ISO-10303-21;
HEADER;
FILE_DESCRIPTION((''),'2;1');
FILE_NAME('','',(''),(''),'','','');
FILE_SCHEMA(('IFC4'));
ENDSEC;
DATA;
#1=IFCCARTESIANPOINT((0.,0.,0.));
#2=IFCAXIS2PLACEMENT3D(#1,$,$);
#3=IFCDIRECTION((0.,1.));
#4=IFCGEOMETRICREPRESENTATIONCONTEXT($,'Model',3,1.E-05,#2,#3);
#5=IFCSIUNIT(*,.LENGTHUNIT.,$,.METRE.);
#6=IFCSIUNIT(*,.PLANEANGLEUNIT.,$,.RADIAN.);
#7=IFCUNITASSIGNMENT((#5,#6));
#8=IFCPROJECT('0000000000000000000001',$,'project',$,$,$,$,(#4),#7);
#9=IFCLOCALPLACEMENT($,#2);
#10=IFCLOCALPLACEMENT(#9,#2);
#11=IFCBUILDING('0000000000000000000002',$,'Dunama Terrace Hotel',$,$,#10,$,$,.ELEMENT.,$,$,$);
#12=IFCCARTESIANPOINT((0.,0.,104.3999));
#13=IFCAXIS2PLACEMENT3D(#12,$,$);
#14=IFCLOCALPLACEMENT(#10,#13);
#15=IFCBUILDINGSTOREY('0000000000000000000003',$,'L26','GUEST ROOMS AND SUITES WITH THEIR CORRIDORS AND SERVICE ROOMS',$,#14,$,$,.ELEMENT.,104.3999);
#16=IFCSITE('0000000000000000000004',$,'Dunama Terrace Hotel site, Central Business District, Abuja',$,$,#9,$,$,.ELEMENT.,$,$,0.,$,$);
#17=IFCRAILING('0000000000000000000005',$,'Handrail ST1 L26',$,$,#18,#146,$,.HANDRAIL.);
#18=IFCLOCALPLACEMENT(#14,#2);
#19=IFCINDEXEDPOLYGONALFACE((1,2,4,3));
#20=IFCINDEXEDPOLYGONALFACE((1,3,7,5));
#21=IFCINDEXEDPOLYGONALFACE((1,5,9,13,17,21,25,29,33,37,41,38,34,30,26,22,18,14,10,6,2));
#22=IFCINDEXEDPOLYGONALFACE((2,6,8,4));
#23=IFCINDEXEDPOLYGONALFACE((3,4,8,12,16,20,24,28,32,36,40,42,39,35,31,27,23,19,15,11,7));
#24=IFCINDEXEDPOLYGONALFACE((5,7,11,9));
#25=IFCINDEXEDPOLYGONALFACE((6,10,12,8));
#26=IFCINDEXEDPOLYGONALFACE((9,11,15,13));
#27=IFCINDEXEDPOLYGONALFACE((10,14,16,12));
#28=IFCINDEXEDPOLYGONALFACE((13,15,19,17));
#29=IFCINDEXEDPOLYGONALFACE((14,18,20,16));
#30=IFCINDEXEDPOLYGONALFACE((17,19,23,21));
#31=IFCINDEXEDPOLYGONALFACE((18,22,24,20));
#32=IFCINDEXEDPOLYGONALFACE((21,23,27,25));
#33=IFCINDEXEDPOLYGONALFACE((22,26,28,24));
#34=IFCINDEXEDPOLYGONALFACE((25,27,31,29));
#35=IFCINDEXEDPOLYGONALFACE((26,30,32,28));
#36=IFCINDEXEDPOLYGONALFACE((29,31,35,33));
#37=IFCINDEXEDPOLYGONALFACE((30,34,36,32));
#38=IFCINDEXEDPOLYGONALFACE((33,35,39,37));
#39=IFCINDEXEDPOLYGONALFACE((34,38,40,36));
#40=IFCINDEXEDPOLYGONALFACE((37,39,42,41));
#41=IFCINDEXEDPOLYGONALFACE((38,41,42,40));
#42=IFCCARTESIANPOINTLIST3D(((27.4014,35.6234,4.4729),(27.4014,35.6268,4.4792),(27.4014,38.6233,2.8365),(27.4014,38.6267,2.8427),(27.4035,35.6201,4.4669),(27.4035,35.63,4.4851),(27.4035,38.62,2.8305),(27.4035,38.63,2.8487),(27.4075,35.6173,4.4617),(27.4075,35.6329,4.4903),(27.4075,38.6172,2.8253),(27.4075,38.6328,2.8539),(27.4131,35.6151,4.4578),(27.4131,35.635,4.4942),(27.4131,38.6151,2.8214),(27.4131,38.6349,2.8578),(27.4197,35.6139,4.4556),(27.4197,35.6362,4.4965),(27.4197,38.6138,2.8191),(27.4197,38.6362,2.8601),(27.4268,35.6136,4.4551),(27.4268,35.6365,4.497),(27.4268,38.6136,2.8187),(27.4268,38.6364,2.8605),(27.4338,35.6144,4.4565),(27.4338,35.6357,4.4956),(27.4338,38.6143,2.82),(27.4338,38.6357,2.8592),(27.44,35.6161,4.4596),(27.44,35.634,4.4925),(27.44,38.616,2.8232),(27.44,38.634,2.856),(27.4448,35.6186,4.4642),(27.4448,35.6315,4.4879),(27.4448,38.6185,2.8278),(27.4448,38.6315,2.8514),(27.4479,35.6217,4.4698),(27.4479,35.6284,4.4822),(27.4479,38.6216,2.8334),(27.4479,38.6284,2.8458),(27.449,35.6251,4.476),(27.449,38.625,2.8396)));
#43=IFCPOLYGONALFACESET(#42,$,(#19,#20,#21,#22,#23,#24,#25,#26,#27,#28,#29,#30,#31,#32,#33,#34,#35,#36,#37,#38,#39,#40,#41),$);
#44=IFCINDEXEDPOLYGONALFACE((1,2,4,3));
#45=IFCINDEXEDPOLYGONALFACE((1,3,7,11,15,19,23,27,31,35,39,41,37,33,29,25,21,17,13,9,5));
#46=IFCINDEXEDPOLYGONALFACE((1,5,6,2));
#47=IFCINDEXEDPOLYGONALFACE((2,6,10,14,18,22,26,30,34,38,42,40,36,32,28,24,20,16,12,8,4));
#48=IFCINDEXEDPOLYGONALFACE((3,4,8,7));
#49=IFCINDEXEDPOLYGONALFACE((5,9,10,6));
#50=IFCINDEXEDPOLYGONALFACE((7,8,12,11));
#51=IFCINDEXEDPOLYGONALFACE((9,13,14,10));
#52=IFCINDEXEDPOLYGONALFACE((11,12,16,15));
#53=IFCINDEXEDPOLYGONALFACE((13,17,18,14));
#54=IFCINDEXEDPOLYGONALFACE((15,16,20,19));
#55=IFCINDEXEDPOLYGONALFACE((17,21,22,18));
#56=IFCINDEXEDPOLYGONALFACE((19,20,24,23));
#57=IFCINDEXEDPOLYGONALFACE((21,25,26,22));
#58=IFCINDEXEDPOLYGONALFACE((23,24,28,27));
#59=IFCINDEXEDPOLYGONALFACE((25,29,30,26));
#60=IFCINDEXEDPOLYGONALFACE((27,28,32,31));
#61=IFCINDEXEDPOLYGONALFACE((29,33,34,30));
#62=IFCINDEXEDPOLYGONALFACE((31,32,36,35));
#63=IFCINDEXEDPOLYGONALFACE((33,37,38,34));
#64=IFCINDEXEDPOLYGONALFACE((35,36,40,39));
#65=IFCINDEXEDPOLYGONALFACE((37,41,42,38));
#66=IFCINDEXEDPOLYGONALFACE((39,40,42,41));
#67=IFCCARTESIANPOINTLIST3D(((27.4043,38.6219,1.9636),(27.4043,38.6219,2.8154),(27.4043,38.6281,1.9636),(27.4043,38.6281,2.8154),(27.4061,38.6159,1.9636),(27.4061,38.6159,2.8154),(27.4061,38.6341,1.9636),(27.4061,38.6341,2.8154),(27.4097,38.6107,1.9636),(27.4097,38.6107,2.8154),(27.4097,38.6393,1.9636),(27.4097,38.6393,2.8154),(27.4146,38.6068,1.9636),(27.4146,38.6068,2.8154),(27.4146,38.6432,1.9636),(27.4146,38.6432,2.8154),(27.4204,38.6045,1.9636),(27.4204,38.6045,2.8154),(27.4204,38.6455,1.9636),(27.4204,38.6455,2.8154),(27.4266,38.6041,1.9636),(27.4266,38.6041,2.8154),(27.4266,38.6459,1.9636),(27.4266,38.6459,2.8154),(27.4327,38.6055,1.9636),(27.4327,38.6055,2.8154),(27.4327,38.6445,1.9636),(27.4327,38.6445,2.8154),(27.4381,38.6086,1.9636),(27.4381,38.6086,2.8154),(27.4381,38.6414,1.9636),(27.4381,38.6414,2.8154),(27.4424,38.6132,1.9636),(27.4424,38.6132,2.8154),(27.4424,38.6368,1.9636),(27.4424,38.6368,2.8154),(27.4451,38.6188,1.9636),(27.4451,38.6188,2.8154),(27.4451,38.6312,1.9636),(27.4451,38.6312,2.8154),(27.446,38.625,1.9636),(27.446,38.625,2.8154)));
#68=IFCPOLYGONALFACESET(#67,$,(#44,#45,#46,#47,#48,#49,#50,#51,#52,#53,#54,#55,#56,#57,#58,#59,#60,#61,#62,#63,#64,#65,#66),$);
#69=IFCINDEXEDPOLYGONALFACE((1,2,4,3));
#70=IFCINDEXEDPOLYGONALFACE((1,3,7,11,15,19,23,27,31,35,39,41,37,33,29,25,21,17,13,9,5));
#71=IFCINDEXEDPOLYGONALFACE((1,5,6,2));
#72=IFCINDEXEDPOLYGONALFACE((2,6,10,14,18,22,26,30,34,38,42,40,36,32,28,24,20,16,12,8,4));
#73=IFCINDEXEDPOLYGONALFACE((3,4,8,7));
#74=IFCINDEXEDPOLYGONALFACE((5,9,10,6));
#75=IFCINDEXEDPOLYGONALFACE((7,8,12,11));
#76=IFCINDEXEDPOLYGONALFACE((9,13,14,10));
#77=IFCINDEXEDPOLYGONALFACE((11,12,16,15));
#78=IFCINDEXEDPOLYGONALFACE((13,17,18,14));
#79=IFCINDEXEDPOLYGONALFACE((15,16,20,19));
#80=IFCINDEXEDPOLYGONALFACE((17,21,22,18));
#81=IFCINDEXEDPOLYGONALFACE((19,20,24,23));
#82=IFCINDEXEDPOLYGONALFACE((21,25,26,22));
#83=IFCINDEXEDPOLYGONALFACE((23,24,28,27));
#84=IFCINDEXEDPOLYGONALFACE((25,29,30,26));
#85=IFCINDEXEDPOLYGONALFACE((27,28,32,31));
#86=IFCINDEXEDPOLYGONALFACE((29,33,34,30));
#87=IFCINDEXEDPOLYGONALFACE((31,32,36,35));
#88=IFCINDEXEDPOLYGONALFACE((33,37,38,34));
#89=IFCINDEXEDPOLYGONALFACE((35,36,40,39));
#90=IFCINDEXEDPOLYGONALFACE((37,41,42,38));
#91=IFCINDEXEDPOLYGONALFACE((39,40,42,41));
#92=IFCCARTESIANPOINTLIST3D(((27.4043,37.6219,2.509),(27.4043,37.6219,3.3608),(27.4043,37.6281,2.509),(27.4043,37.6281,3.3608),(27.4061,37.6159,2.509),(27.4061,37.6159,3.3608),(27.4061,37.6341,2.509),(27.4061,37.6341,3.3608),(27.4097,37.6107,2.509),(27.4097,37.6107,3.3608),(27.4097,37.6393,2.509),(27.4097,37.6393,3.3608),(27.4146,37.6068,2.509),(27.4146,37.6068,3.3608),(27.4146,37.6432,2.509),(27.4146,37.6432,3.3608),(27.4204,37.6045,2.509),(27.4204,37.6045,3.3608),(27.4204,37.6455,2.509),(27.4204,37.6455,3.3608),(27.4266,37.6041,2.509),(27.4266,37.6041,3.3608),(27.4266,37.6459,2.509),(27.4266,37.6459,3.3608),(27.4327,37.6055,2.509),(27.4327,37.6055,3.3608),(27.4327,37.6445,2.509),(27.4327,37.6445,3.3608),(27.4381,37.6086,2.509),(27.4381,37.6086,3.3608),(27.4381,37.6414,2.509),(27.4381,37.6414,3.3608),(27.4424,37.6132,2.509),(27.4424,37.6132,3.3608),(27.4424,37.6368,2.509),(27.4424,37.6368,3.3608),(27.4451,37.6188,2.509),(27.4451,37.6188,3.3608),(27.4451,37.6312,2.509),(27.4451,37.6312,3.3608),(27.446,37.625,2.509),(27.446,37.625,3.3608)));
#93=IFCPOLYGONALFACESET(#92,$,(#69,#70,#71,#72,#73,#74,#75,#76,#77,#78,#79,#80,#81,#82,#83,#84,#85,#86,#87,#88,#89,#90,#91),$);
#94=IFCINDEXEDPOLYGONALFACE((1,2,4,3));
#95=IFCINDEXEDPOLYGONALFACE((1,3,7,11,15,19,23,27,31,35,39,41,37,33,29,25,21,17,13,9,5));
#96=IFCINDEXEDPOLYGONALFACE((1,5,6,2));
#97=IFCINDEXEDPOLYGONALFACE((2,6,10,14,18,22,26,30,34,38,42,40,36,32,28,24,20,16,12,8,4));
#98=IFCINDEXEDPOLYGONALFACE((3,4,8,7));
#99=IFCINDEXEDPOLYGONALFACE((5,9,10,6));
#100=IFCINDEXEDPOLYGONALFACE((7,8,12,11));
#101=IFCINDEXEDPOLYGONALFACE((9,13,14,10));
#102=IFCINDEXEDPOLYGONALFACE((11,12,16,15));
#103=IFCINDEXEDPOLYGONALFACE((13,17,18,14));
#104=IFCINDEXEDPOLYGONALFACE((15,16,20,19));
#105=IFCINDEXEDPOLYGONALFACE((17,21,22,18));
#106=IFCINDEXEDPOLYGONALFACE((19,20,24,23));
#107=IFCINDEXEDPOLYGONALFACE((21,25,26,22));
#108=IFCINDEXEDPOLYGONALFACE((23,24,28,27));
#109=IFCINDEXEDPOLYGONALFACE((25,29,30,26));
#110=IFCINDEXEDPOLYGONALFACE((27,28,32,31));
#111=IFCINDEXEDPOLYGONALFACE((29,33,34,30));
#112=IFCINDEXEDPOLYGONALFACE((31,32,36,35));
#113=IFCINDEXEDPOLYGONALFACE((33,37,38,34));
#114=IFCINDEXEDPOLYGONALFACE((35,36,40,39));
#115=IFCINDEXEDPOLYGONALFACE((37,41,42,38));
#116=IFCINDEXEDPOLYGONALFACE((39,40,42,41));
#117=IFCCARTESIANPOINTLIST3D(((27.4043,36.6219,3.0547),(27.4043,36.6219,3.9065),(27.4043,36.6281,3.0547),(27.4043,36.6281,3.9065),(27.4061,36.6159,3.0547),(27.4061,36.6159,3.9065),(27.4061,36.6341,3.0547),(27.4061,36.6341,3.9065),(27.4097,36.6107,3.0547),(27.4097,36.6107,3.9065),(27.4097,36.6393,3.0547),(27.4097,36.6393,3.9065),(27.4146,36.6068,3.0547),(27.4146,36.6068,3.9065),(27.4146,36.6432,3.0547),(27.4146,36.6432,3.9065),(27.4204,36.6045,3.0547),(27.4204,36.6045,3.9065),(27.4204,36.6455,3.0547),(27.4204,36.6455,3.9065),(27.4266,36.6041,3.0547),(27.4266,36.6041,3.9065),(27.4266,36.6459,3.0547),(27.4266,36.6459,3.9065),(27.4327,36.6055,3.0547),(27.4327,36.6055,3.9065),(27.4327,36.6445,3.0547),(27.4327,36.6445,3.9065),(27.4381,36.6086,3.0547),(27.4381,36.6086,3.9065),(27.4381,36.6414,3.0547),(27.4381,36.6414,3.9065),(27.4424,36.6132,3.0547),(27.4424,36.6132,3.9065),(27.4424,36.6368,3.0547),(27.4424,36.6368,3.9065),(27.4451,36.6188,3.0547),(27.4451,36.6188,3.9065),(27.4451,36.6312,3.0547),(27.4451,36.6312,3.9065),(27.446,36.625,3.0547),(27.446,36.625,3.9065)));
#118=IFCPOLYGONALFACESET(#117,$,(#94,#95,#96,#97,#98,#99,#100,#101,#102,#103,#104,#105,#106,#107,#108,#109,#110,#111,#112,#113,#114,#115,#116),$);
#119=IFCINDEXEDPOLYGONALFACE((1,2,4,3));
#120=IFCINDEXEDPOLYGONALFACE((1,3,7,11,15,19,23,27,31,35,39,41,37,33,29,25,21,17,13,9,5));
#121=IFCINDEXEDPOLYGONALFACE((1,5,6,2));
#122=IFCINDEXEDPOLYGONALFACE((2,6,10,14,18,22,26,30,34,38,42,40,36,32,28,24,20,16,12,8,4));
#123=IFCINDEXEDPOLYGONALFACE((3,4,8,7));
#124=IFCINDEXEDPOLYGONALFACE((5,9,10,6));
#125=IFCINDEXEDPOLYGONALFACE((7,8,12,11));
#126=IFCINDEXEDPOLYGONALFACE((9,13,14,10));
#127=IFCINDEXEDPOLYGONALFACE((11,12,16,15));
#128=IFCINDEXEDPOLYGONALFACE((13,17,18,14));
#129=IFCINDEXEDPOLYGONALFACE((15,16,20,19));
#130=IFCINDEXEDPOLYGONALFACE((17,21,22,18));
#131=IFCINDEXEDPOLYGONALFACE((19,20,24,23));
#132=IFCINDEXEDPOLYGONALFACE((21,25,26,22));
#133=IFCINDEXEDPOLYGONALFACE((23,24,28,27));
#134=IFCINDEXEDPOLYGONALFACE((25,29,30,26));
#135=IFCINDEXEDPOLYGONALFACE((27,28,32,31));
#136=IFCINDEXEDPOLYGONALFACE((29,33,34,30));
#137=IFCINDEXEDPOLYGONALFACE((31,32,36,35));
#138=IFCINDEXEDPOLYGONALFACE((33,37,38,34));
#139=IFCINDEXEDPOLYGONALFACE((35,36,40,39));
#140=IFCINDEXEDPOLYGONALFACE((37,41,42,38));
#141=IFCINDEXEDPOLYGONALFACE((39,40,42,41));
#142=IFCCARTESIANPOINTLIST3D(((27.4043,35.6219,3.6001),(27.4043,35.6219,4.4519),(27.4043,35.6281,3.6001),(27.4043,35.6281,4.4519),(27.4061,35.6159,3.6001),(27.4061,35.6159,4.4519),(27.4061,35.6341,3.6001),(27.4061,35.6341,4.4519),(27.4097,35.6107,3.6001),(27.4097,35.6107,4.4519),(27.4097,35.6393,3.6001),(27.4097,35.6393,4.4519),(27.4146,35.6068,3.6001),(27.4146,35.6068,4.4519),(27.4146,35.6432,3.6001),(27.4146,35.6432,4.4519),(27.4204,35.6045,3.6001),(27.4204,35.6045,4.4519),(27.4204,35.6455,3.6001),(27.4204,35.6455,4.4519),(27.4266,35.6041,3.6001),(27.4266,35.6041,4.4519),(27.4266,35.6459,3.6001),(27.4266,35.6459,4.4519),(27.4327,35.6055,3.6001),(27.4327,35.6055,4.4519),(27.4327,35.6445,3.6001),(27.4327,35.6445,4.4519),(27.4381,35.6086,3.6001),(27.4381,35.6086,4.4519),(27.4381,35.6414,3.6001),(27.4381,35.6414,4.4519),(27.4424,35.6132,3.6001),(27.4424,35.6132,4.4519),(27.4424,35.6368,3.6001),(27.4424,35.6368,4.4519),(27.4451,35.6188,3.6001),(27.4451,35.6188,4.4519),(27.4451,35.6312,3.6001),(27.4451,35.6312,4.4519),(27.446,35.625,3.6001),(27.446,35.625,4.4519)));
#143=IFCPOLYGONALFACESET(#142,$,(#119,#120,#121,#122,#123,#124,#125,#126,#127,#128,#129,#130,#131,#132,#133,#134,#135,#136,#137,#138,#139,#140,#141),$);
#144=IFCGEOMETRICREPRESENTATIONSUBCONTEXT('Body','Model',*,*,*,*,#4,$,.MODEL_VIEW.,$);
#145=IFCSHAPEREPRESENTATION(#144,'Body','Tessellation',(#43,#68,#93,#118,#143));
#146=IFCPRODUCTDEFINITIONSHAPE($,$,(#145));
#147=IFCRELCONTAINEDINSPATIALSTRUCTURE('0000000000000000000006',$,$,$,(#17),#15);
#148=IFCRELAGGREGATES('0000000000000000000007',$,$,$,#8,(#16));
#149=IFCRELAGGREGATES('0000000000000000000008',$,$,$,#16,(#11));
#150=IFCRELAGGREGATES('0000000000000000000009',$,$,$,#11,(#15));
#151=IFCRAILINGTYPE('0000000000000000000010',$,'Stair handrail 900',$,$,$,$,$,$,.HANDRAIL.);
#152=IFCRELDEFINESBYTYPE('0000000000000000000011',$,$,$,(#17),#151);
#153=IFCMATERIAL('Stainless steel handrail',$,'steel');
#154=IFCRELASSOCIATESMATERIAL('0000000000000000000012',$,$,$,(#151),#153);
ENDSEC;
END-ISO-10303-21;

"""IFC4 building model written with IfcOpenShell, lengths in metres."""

from ifc_helpers import new_model, si_unit, direction, frame, origin, origin_2d, place, context, subcontext, project, spatial, circle, extrude, material, type_object, element, save


model = new_model("IFC4")

# Units and contexts
model_context = context("Model", 3, precision=1e-05, world=origin(), true_north=direction((0.0, 1.0)))
body_context = subcontext(model_context, "Body", "Model", "MODEL_VIEW")
ifc_project = project(units=[si_unit("LENGTHUNIT", "METRE"), si_unit("PLANEANGLEUNIT", "RADIAN")], contexts=[model_context])

# Site, building, storey
site_placement = place(None, origin())
site = spatial("IfcSite", under=ifc_project, at=site_placement, Name="Dunama Terrace Hotel site, Central Business District, Abuja", CompositionType="ELEMENT", RefElevation=0.0)
building_placement = place(site_placement, origin())
building = spatial("IfcBuilding", under=site, at=building_placement, Name="Dunama Terrace Hotel", CompositionType="ELEMENT")
storey_placement = place(building_placement, frame((0.0, 0.0, 104.3999)))
storey = spatial("IfcBuildingStorey", under=building, at=storey_placement, Name="L26", Description="GUEST ROOMS AND SUITES WITH THEIR CORRIDORS AND SERVICE ROOMS", CompositionType="ELEMENT", Elevation=104.3999)

# Railing
ifc_material_1 = material(Name="Stainless steel handrail", Category="steel")
railing_type = type_object("IfcRailingType", Name="Stair handrail 900", PredefinedType="HANDRAIL", material=ifc_material_1)
railing_1_placement = place(storey_placement, frame((27.425, 38.625, 1.9636)))
element("IfcRailing", 1, at=railing_1_placement, inside=storey, type_object=railing_type, Name="Handrail ST1 L26", PredefinedType="HANDRAIL", context=body_context, shape_type="SweptSolid", body=[
    extrude(circle(Radius=0.0239, at=origin_2d()), frame((0.0, 0.0, 0.876), z_axis=(0.0, -0.877882, 0.478877), x_axis=(1.0, 0.0, 0.0)), (0.0, 0.0, 1.0), 3.4172),
    extrude(circle(Radius=0.021, at=origin_2d()), origin(), (0.0, 0.0, 1.0), 0.8518),
    extrude(circle(Radius=0.021, at=origin_2d()), frame((0.0, -1.0, 0.5454)), (0.0, 0.0, 1.0), 0.8518),
    extrude(circle(Radius=0.021, at=origin_2d()), frame((0.0, -2.0, 1.0911)), (0.0, 0.0, 1.0), 0.8518),
    extrude(circle(Radius=0.021, at=origin_2d()), frame((0.0, -3.0, 1.6365)), (0.0, 0.0, 1.0), 0.8518),
])

save(model, "model.ifc")
